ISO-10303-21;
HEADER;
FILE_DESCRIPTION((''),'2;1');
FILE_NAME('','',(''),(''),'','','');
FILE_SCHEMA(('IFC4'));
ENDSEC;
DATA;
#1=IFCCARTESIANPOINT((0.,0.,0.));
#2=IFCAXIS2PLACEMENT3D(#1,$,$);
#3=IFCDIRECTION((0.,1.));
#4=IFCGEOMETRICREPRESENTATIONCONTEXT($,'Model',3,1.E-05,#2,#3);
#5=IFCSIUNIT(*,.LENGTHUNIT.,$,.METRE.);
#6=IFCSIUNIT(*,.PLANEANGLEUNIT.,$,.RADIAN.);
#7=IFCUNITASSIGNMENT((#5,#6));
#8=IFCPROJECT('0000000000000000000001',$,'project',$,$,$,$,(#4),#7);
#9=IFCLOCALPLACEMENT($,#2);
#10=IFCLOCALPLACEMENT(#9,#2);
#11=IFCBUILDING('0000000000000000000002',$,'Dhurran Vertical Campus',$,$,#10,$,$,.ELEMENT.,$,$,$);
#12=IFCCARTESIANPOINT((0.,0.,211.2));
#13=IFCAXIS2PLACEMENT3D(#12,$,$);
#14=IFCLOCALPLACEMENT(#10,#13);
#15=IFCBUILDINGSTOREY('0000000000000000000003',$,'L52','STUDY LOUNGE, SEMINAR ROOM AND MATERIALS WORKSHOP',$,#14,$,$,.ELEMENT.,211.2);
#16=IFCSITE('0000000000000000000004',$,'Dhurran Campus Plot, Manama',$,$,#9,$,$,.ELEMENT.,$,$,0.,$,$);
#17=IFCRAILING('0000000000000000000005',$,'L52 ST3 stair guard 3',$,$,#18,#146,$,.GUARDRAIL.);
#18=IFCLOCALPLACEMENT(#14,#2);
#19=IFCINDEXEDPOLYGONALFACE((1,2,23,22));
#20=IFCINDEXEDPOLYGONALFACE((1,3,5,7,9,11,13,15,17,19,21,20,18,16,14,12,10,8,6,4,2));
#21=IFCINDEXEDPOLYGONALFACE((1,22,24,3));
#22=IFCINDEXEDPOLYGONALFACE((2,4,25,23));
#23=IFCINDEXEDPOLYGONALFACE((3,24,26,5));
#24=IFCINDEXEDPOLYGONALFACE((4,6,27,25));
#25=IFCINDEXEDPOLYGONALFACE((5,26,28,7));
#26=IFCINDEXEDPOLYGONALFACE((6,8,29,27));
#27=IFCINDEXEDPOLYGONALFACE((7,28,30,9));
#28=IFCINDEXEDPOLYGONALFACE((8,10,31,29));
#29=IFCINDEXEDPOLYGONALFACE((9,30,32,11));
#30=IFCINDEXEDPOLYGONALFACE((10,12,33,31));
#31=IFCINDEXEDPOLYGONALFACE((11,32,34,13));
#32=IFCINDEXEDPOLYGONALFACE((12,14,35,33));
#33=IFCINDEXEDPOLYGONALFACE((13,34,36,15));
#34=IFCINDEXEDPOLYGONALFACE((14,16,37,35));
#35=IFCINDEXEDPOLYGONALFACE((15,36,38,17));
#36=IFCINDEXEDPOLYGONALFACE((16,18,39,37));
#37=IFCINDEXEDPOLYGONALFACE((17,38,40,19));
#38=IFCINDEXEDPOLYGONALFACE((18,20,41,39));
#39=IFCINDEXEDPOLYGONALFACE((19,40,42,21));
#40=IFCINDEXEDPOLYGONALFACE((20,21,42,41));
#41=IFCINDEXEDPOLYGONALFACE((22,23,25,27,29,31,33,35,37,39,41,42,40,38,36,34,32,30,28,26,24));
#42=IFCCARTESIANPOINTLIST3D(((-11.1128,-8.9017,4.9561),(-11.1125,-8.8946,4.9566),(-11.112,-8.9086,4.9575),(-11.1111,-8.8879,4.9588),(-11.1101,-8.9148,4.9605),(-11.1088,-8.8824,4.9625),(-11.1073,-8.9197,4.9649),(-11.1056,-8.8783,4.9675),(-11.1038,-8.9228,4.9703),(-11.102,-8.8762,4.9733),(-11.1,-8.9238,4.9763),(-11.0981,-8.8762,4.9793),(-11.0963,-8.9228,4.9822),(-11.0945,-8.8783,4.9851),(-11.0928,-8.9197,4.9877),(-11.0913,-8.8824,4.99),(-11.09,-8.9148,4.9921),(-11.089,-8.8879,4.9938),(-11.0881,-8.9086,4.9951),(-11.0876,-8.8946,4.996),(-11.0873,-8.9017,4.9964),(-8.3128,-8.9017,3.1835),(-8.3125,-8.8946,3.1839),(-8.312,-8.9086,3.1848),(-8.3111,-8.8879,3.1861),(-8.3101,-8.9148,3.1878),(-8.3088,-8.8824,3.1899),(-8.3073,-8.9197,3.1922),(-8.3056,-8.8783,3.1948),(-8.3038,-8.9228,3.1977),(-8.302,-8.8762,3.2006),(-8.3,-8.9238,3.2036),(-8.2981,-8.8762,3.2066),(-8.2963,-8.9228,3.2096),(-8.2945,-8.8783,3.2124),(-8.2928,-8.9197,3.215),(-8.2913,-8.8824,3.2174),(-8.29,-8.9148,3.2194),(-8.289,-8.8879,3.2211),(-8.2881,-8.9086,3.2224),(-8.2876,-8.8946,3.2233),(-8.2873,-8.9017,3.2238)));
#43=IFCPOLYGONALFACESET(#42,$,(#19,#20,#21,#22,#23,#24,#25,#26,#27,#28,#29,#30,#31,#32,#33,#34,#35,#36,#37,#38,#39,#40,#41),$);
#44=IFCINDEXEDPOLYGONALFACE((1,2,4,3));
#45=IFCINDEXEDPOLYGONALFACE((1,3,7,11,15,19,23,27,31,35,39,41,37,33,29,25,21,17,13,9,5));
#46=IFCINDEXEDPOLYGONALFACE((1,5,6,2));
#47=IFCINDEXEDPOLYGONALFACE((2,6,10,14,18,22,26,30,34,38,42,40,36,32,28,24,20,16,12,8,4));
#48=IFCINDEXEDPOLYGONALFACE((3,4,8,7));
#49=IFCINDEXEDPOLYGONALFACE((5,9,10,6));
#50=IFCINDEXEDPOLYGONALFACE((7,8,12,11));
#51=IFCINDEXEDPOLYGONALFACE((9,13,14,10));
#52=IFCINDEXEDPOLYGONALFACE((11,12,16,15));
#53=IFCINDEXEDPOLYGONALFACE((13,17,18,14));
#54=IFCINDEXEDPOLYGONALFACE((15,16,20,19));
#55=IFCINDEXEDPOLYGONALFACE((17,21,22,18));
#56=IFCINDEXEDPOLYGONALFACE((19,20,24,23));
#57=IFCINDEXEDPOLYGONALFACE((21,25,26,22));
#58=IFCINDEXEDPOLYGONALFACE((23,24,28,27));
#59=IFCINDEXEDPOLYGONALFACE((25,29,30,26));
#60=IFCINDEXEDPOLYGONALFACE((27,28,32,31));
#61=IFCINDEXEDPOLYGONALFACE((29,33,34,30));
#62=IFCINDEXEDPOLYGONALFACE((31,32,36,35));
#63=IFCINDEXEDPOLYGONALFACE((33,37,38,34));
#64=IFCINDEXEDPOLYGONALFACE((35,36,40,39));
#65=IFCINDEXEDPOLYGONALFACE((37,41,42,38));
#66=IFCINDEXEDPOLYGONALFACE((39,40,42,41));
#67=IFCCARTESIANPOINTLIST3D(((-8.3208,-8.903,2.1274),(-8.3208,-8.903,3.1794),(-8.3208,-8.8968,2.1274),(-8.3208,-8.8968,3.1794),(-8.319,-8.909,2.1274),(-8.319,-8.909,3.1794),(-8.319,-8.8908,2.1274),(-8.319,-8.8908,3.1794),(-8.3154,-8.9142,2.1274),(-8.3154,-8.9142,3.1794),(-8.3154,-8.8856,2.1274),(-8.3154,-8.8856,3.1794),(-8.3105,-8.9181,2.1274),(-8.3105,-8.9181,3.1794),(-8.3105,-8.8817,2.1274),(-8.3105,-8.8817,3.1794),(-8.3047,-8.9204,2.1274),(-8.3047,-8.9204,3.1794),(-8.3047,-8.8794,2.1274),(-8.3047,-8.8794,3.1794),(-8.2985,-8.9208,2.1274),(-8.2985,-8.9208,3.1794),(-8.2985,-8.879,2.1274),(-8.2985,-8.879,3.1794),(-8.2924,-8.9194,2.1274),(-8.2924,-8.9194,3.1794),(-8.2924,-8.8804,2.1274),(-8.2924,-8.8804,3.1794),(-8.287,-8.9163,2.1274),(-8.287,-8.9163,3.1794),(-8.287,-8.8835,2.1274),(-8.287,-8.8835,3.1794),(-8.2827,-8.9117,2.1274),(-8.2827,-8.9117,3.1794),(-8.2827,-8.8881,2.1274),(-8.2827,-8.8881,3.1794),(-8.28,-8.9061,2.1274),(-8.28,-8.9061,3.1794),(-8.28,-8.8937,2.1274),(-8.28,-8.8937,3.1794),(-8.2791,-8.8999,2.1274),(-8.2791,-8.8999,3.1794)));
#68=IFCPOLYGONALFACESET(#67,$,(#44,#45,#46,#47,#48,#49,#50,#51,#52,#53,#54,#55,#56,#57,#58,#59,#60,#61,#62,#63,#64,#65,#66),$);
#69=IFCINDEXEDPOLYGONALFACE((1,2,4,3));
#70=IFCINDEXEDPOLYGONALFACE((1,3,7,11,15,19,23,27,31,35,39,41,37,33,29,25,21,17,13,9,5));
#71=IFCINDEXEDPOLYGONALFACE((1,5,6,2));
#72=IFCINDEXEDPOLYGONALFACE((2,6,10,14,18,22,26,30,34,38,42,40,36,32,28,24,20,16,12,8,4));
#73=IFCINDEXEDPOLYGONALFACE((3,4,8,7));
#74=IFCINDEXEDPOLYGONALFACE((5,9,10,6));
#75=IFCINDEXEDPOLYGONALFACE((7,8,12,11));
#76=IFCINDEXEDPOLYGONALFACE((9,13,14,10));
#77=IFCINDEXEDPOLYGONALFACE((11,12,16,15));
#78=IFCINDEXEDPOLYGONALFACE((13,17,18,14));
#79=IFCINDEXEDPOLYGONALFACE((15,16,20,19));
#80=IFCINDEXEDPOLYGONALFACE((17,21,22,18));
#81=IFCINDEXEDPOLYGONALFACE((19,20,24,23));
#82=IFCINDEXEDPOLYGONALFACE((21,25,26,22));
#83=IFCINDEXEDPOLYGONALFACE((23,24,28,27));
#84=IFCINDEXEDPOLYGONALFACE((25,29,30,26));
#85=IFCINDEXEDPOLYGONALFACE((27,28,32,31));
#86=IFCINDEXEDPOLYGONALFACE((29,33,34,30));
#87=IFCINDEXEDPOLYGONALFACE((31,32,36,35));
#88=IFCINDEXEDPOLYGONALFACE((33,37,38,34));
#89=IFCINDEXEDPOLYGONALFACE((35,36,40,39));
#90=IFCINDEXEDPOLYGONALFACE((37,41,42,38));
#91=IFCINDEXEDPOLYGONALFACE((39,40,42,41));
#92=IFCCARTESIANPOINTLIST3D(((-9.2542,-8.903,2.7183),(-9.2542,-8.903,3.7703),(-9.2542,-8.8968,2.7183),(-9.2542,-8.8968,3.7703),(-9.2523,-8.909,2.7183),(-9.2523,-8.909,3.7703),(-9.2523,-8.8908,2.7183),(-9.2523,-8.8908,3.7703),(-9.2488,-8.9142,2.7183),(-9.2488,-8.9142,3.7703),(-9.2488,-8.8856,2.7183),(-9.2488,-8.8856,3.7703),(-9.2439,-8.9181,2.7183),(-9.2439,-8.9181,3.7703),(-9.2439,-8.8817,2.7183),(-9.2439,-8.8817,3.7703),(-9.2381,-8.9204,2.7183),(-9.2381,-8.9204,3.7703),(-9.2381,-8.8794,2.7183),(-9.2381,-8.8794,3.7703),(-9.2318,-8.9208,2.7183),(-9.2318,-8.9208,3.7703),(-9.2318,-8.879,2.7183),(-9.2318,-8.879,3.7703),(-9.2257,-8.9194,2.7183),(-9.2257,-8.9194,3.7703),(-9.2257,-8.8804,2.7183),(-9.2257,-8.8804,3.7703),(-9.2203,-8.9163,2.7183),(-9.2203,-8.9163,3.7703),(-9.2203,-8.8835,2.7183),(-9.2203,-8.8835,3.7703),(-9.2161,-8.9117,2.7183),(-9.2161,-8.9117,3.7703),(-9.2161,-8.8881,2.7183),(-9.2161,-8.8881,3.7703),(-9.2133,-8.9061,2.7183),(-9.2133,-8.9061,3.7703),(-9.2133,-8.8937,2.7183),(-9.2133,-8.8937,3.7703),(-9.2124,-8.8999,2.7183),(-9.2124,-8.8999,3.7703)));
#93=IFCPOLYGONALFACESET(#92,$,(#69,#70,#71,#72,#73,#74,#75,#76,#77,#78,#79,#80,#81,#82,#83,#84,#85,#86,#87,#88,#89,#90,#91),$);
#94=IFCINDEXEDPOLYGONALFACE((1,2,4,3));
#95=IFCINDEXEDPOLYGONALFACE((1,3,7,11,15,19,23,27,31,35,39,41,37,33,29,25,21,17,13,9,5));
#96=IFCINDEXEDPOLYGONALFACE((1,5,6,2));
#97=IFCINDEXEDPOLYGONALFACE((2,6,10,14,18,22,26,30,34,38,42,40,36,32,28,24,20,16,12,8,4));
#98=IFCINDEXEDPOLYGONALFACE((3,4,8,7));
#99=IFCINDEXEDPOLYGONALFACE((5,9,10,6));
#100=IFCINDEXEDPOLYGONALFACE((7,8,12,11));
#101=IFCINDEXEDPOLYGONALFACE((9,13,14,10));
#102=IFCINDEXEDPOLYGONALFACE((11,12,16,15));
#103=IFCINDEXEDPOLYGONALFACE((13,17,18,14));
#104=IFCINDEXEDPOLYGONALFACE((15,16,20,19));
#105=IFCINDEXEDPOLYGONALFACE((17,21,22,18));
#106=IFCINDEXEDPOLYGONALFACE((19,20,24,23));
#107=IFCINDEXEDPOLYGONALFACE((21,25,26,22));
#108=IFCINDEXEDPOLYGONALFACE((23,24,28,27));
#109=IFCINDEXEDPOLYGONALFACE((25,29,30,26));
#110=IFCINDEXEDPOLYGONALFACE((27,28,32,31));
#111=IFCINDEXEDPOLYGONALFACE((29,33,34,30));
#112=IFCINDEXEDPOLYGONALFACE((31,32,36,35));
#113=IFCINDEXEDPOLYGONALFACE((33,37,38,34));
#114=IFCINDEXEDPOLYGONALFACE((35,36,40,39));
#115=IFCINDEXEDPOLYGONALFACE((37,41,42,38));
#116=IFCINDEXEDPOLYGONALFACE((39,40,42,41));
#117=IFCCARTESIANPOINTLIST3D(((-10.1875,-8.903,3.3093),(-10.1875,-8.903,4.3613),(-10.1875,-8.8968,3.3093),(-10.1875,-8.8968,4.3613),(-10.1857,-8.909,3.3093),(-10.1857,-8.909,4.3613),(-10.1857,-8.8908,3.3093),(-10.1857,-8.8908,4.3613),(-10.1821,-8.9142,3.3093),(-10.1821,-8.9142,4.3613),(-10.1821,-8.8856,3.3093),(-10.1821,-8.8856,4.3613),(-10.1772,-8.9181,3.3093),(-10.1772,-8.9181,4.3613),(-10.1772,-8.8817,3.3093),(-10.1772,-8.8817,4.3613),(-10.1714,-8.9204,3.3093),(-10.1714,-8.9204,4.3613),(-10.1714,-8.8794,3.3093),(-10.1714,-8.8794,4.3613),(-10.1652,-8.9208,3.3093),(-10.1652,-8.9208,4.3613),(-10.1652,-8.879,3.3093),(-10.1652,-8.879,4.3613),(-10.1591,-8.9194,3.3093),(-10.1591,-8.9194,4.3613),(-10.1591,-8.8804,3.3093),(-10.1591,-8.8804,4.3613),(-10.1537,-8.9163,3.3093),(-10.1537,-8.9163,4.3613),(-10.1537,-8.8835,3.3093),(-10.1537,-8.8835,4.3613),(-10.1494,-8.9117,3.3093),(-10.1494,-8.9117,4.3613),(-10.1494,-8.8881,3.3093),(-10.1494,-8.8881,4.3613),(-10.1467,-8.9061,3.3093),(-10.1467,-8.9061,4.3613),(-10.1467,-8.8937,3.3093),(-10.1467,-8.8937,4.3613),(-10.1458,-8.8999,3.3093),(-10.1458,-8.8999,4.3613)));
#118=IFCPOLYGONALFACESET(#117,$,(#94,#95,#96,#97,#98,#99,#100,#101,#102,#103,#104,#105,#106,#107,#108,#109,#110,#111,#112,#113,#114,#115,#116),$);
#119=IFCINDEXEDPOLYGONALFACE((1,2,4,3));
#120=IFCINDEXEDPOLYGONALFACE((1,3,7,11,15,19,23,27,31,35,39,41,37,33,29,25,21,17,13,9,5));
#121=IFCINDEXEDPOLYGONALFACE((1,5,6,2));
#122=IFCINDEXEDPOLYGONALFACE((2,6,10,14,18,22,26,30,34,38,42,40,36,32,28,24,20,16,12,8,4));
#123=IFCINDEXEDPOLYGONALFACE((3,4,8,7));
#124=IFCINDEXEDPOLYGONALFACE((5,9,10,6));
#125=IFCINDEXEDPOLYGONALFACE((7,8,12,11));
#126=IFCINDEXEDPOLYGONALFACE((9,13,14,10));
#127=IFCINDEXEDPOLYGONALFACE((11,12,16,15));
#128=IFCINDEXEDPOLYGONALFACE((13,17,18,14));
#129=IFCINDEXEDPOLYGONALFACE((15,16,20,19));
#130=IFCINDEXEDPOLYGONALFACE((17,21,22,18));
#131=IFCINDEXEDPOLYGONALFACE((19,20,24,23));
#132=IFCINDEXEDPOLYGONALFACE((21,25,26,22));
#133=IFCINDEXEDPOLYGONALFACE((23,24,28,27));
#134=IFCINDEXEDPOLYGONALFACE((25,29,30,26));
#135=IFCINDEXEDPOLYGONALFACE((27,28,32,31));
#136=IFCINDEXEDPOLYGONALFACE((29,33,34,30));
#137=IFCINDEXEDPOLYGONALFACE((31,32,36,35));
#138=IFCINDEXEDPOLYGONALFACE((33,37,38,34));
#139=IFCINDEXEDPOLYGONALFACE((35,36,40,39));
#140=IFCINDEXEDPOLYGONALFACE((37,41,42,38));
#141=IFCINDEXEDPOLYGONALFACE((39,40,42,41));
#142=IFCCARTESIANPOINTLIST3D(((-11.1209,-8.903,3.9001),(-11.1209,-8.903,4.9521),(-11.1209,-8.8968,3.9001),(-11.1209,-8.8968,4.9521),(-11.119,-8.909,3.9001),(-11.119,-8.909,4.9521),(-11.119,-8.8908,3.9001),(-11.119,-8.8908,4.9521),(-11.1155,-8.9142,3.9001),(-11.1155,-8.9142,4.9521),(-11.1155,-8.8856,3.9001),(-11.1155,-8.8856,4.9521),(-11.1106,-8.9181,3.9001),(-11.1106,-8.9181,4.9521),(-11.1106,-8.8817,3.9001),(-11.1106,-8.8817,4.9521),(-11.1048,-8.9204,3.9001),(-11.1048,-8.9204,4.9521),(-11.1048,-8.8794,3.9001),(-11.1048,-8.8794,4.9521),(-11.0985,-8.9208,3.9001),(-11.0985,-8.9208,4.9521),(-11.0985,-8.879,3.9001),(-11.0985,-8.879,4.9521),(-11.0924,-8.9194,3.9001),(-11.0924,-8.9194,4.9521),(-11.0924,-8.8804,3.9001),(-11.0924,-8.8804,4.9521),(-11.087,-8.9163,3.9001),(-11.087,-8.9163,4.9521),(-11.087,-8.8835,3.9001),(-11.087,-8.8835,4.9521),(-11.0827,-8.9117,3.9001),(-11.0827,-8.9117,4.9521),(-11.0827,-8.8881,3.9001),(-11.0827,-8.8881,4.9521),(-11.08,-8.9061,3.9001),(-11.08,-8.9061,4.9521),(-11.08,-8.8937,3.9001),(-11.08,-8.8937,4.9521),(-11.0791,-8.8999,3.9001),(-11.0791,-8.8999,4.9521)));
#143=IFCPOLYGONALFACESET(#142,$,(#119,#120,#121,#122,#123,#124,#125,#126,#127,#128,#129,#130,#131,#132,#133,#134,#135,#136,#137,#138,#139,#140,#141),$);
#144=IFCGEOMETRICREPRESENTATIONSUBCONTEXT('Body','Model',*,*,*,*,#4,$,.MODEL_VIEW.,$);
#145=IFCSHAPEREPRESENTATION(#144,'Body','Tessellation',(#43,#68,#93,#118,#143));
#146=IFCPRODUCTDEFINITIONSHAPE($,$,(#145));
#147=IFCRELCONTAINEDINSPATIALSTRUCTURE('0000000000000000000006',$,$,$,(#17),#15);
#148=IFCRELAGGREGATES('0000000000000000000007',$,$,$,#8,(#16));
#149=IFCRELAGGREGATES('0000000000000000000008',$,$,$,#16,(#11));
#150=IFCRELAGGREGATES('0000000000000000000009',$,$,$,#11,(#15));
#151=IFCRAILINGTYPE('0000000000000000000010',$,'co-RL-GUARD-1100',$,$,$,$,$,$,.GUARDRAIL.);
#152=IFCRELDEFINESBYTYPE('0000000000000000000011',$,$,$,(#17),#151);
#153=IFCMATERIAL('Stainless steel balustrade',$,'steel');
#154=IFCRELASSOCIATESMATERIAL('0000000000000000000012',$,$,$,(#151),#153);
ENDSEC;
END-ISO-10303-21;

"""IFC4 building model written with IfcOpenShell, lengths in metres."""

from ifc_helpers import new_model, si_unit, direction, frame, origin, origin_2d, place, context, subcontext, project, spatial, circle, extrude, material, type_object, element, save


model = new_model("IFC4")

# Units and contexts
model_context = context("Model", 3, precision=1e-05, world=origin(), true_north=direction((0.0, 1.0)))
body_context = subcontext(model_context, "Body", "Model", "MODEL_VIEW")
ifc_project = project(units=[si_unit("LENGTHUNIT", "METRE"), si_unit("PLANEANGLEUNIT", "RADIAN")], contexts=[model_context])

# Site, building, storey
site_placement = place(None, origin())
site = spatial("IfcSite", under=ifc_project, at=site_placement, Name="Dhurran Campus Plot, Manama", CompositionType="ELEMENT", RefElevation=0.0)
building_placement = place(site_placement, origin())
building = spatial("IfcBuilding", under=site, at=building_placement, Name="Dhurran Vertical Campus", CompositionType="ELEMENT")
storey_placement = place(building_placement, frame((0.0, 0.0, 211.2)))
storey = spatial("IfcBuildingStorey", under=building, at=storey_placement, Name="L52", Description="STUDY LOUNGE, SEMINAR ROOM AND MATERIALS WORKSHOP", CompositionType="ELEMENT", Elevation=211.2)

# Railing
ifc_material_1 = material(Name="Stainless steel balustrade", Category="steel")
railing_type_1 = type_object("IfcRailingType", Name="co-RL-GUARD-1100", PredefinedType="GUARDRAIL", material=ifc_material_1)
railing_1_placement = place(storey_placement, frame((-8.3, -8.8999, 2.1274)))
element("IfcRailing", 1, at=railing_1_placement, inside=storey, type_object=railing_type_1, Name="L52 ST3 stair guard 3", PredefinedType="GUARDRAIL", context=body_context, shape_type="SweptSolid", body=[
    extrude(circle(Radius=0.0239, at=origin_2d()), frame((0.0, 0.0, 1.0762), z_axis=(-0.844909, 0.0, 0.53491), x_axis=(0.0, -1.0, 0.0)), (0.0, 0.0, 1.0), 3.314),
    extrude(circle(Radius=0.021, at=origin_2d()), origin(), (0.0, 0.0, 1.0), 1.052),
    extrude(circle(Radius=0.021, at=origin_2d()), frame((-0.9333, 0.0, 0.5908)), (0.0, 0.0, 1.0), 1.052),
    extrude(circle(Radius=0.021, at=origin_2d()), frame((-1.8667, 0.0, 1.1819)), (0.0, 0.0, 1.0), 1.052),
    extrude(circle(Radius=0.021, at=origin_2d()), frame((-2.8, 0.0, 1.7727)), (0.0, 0.0, 1.0), 1.052),
])

save(model, "model.ifc")
